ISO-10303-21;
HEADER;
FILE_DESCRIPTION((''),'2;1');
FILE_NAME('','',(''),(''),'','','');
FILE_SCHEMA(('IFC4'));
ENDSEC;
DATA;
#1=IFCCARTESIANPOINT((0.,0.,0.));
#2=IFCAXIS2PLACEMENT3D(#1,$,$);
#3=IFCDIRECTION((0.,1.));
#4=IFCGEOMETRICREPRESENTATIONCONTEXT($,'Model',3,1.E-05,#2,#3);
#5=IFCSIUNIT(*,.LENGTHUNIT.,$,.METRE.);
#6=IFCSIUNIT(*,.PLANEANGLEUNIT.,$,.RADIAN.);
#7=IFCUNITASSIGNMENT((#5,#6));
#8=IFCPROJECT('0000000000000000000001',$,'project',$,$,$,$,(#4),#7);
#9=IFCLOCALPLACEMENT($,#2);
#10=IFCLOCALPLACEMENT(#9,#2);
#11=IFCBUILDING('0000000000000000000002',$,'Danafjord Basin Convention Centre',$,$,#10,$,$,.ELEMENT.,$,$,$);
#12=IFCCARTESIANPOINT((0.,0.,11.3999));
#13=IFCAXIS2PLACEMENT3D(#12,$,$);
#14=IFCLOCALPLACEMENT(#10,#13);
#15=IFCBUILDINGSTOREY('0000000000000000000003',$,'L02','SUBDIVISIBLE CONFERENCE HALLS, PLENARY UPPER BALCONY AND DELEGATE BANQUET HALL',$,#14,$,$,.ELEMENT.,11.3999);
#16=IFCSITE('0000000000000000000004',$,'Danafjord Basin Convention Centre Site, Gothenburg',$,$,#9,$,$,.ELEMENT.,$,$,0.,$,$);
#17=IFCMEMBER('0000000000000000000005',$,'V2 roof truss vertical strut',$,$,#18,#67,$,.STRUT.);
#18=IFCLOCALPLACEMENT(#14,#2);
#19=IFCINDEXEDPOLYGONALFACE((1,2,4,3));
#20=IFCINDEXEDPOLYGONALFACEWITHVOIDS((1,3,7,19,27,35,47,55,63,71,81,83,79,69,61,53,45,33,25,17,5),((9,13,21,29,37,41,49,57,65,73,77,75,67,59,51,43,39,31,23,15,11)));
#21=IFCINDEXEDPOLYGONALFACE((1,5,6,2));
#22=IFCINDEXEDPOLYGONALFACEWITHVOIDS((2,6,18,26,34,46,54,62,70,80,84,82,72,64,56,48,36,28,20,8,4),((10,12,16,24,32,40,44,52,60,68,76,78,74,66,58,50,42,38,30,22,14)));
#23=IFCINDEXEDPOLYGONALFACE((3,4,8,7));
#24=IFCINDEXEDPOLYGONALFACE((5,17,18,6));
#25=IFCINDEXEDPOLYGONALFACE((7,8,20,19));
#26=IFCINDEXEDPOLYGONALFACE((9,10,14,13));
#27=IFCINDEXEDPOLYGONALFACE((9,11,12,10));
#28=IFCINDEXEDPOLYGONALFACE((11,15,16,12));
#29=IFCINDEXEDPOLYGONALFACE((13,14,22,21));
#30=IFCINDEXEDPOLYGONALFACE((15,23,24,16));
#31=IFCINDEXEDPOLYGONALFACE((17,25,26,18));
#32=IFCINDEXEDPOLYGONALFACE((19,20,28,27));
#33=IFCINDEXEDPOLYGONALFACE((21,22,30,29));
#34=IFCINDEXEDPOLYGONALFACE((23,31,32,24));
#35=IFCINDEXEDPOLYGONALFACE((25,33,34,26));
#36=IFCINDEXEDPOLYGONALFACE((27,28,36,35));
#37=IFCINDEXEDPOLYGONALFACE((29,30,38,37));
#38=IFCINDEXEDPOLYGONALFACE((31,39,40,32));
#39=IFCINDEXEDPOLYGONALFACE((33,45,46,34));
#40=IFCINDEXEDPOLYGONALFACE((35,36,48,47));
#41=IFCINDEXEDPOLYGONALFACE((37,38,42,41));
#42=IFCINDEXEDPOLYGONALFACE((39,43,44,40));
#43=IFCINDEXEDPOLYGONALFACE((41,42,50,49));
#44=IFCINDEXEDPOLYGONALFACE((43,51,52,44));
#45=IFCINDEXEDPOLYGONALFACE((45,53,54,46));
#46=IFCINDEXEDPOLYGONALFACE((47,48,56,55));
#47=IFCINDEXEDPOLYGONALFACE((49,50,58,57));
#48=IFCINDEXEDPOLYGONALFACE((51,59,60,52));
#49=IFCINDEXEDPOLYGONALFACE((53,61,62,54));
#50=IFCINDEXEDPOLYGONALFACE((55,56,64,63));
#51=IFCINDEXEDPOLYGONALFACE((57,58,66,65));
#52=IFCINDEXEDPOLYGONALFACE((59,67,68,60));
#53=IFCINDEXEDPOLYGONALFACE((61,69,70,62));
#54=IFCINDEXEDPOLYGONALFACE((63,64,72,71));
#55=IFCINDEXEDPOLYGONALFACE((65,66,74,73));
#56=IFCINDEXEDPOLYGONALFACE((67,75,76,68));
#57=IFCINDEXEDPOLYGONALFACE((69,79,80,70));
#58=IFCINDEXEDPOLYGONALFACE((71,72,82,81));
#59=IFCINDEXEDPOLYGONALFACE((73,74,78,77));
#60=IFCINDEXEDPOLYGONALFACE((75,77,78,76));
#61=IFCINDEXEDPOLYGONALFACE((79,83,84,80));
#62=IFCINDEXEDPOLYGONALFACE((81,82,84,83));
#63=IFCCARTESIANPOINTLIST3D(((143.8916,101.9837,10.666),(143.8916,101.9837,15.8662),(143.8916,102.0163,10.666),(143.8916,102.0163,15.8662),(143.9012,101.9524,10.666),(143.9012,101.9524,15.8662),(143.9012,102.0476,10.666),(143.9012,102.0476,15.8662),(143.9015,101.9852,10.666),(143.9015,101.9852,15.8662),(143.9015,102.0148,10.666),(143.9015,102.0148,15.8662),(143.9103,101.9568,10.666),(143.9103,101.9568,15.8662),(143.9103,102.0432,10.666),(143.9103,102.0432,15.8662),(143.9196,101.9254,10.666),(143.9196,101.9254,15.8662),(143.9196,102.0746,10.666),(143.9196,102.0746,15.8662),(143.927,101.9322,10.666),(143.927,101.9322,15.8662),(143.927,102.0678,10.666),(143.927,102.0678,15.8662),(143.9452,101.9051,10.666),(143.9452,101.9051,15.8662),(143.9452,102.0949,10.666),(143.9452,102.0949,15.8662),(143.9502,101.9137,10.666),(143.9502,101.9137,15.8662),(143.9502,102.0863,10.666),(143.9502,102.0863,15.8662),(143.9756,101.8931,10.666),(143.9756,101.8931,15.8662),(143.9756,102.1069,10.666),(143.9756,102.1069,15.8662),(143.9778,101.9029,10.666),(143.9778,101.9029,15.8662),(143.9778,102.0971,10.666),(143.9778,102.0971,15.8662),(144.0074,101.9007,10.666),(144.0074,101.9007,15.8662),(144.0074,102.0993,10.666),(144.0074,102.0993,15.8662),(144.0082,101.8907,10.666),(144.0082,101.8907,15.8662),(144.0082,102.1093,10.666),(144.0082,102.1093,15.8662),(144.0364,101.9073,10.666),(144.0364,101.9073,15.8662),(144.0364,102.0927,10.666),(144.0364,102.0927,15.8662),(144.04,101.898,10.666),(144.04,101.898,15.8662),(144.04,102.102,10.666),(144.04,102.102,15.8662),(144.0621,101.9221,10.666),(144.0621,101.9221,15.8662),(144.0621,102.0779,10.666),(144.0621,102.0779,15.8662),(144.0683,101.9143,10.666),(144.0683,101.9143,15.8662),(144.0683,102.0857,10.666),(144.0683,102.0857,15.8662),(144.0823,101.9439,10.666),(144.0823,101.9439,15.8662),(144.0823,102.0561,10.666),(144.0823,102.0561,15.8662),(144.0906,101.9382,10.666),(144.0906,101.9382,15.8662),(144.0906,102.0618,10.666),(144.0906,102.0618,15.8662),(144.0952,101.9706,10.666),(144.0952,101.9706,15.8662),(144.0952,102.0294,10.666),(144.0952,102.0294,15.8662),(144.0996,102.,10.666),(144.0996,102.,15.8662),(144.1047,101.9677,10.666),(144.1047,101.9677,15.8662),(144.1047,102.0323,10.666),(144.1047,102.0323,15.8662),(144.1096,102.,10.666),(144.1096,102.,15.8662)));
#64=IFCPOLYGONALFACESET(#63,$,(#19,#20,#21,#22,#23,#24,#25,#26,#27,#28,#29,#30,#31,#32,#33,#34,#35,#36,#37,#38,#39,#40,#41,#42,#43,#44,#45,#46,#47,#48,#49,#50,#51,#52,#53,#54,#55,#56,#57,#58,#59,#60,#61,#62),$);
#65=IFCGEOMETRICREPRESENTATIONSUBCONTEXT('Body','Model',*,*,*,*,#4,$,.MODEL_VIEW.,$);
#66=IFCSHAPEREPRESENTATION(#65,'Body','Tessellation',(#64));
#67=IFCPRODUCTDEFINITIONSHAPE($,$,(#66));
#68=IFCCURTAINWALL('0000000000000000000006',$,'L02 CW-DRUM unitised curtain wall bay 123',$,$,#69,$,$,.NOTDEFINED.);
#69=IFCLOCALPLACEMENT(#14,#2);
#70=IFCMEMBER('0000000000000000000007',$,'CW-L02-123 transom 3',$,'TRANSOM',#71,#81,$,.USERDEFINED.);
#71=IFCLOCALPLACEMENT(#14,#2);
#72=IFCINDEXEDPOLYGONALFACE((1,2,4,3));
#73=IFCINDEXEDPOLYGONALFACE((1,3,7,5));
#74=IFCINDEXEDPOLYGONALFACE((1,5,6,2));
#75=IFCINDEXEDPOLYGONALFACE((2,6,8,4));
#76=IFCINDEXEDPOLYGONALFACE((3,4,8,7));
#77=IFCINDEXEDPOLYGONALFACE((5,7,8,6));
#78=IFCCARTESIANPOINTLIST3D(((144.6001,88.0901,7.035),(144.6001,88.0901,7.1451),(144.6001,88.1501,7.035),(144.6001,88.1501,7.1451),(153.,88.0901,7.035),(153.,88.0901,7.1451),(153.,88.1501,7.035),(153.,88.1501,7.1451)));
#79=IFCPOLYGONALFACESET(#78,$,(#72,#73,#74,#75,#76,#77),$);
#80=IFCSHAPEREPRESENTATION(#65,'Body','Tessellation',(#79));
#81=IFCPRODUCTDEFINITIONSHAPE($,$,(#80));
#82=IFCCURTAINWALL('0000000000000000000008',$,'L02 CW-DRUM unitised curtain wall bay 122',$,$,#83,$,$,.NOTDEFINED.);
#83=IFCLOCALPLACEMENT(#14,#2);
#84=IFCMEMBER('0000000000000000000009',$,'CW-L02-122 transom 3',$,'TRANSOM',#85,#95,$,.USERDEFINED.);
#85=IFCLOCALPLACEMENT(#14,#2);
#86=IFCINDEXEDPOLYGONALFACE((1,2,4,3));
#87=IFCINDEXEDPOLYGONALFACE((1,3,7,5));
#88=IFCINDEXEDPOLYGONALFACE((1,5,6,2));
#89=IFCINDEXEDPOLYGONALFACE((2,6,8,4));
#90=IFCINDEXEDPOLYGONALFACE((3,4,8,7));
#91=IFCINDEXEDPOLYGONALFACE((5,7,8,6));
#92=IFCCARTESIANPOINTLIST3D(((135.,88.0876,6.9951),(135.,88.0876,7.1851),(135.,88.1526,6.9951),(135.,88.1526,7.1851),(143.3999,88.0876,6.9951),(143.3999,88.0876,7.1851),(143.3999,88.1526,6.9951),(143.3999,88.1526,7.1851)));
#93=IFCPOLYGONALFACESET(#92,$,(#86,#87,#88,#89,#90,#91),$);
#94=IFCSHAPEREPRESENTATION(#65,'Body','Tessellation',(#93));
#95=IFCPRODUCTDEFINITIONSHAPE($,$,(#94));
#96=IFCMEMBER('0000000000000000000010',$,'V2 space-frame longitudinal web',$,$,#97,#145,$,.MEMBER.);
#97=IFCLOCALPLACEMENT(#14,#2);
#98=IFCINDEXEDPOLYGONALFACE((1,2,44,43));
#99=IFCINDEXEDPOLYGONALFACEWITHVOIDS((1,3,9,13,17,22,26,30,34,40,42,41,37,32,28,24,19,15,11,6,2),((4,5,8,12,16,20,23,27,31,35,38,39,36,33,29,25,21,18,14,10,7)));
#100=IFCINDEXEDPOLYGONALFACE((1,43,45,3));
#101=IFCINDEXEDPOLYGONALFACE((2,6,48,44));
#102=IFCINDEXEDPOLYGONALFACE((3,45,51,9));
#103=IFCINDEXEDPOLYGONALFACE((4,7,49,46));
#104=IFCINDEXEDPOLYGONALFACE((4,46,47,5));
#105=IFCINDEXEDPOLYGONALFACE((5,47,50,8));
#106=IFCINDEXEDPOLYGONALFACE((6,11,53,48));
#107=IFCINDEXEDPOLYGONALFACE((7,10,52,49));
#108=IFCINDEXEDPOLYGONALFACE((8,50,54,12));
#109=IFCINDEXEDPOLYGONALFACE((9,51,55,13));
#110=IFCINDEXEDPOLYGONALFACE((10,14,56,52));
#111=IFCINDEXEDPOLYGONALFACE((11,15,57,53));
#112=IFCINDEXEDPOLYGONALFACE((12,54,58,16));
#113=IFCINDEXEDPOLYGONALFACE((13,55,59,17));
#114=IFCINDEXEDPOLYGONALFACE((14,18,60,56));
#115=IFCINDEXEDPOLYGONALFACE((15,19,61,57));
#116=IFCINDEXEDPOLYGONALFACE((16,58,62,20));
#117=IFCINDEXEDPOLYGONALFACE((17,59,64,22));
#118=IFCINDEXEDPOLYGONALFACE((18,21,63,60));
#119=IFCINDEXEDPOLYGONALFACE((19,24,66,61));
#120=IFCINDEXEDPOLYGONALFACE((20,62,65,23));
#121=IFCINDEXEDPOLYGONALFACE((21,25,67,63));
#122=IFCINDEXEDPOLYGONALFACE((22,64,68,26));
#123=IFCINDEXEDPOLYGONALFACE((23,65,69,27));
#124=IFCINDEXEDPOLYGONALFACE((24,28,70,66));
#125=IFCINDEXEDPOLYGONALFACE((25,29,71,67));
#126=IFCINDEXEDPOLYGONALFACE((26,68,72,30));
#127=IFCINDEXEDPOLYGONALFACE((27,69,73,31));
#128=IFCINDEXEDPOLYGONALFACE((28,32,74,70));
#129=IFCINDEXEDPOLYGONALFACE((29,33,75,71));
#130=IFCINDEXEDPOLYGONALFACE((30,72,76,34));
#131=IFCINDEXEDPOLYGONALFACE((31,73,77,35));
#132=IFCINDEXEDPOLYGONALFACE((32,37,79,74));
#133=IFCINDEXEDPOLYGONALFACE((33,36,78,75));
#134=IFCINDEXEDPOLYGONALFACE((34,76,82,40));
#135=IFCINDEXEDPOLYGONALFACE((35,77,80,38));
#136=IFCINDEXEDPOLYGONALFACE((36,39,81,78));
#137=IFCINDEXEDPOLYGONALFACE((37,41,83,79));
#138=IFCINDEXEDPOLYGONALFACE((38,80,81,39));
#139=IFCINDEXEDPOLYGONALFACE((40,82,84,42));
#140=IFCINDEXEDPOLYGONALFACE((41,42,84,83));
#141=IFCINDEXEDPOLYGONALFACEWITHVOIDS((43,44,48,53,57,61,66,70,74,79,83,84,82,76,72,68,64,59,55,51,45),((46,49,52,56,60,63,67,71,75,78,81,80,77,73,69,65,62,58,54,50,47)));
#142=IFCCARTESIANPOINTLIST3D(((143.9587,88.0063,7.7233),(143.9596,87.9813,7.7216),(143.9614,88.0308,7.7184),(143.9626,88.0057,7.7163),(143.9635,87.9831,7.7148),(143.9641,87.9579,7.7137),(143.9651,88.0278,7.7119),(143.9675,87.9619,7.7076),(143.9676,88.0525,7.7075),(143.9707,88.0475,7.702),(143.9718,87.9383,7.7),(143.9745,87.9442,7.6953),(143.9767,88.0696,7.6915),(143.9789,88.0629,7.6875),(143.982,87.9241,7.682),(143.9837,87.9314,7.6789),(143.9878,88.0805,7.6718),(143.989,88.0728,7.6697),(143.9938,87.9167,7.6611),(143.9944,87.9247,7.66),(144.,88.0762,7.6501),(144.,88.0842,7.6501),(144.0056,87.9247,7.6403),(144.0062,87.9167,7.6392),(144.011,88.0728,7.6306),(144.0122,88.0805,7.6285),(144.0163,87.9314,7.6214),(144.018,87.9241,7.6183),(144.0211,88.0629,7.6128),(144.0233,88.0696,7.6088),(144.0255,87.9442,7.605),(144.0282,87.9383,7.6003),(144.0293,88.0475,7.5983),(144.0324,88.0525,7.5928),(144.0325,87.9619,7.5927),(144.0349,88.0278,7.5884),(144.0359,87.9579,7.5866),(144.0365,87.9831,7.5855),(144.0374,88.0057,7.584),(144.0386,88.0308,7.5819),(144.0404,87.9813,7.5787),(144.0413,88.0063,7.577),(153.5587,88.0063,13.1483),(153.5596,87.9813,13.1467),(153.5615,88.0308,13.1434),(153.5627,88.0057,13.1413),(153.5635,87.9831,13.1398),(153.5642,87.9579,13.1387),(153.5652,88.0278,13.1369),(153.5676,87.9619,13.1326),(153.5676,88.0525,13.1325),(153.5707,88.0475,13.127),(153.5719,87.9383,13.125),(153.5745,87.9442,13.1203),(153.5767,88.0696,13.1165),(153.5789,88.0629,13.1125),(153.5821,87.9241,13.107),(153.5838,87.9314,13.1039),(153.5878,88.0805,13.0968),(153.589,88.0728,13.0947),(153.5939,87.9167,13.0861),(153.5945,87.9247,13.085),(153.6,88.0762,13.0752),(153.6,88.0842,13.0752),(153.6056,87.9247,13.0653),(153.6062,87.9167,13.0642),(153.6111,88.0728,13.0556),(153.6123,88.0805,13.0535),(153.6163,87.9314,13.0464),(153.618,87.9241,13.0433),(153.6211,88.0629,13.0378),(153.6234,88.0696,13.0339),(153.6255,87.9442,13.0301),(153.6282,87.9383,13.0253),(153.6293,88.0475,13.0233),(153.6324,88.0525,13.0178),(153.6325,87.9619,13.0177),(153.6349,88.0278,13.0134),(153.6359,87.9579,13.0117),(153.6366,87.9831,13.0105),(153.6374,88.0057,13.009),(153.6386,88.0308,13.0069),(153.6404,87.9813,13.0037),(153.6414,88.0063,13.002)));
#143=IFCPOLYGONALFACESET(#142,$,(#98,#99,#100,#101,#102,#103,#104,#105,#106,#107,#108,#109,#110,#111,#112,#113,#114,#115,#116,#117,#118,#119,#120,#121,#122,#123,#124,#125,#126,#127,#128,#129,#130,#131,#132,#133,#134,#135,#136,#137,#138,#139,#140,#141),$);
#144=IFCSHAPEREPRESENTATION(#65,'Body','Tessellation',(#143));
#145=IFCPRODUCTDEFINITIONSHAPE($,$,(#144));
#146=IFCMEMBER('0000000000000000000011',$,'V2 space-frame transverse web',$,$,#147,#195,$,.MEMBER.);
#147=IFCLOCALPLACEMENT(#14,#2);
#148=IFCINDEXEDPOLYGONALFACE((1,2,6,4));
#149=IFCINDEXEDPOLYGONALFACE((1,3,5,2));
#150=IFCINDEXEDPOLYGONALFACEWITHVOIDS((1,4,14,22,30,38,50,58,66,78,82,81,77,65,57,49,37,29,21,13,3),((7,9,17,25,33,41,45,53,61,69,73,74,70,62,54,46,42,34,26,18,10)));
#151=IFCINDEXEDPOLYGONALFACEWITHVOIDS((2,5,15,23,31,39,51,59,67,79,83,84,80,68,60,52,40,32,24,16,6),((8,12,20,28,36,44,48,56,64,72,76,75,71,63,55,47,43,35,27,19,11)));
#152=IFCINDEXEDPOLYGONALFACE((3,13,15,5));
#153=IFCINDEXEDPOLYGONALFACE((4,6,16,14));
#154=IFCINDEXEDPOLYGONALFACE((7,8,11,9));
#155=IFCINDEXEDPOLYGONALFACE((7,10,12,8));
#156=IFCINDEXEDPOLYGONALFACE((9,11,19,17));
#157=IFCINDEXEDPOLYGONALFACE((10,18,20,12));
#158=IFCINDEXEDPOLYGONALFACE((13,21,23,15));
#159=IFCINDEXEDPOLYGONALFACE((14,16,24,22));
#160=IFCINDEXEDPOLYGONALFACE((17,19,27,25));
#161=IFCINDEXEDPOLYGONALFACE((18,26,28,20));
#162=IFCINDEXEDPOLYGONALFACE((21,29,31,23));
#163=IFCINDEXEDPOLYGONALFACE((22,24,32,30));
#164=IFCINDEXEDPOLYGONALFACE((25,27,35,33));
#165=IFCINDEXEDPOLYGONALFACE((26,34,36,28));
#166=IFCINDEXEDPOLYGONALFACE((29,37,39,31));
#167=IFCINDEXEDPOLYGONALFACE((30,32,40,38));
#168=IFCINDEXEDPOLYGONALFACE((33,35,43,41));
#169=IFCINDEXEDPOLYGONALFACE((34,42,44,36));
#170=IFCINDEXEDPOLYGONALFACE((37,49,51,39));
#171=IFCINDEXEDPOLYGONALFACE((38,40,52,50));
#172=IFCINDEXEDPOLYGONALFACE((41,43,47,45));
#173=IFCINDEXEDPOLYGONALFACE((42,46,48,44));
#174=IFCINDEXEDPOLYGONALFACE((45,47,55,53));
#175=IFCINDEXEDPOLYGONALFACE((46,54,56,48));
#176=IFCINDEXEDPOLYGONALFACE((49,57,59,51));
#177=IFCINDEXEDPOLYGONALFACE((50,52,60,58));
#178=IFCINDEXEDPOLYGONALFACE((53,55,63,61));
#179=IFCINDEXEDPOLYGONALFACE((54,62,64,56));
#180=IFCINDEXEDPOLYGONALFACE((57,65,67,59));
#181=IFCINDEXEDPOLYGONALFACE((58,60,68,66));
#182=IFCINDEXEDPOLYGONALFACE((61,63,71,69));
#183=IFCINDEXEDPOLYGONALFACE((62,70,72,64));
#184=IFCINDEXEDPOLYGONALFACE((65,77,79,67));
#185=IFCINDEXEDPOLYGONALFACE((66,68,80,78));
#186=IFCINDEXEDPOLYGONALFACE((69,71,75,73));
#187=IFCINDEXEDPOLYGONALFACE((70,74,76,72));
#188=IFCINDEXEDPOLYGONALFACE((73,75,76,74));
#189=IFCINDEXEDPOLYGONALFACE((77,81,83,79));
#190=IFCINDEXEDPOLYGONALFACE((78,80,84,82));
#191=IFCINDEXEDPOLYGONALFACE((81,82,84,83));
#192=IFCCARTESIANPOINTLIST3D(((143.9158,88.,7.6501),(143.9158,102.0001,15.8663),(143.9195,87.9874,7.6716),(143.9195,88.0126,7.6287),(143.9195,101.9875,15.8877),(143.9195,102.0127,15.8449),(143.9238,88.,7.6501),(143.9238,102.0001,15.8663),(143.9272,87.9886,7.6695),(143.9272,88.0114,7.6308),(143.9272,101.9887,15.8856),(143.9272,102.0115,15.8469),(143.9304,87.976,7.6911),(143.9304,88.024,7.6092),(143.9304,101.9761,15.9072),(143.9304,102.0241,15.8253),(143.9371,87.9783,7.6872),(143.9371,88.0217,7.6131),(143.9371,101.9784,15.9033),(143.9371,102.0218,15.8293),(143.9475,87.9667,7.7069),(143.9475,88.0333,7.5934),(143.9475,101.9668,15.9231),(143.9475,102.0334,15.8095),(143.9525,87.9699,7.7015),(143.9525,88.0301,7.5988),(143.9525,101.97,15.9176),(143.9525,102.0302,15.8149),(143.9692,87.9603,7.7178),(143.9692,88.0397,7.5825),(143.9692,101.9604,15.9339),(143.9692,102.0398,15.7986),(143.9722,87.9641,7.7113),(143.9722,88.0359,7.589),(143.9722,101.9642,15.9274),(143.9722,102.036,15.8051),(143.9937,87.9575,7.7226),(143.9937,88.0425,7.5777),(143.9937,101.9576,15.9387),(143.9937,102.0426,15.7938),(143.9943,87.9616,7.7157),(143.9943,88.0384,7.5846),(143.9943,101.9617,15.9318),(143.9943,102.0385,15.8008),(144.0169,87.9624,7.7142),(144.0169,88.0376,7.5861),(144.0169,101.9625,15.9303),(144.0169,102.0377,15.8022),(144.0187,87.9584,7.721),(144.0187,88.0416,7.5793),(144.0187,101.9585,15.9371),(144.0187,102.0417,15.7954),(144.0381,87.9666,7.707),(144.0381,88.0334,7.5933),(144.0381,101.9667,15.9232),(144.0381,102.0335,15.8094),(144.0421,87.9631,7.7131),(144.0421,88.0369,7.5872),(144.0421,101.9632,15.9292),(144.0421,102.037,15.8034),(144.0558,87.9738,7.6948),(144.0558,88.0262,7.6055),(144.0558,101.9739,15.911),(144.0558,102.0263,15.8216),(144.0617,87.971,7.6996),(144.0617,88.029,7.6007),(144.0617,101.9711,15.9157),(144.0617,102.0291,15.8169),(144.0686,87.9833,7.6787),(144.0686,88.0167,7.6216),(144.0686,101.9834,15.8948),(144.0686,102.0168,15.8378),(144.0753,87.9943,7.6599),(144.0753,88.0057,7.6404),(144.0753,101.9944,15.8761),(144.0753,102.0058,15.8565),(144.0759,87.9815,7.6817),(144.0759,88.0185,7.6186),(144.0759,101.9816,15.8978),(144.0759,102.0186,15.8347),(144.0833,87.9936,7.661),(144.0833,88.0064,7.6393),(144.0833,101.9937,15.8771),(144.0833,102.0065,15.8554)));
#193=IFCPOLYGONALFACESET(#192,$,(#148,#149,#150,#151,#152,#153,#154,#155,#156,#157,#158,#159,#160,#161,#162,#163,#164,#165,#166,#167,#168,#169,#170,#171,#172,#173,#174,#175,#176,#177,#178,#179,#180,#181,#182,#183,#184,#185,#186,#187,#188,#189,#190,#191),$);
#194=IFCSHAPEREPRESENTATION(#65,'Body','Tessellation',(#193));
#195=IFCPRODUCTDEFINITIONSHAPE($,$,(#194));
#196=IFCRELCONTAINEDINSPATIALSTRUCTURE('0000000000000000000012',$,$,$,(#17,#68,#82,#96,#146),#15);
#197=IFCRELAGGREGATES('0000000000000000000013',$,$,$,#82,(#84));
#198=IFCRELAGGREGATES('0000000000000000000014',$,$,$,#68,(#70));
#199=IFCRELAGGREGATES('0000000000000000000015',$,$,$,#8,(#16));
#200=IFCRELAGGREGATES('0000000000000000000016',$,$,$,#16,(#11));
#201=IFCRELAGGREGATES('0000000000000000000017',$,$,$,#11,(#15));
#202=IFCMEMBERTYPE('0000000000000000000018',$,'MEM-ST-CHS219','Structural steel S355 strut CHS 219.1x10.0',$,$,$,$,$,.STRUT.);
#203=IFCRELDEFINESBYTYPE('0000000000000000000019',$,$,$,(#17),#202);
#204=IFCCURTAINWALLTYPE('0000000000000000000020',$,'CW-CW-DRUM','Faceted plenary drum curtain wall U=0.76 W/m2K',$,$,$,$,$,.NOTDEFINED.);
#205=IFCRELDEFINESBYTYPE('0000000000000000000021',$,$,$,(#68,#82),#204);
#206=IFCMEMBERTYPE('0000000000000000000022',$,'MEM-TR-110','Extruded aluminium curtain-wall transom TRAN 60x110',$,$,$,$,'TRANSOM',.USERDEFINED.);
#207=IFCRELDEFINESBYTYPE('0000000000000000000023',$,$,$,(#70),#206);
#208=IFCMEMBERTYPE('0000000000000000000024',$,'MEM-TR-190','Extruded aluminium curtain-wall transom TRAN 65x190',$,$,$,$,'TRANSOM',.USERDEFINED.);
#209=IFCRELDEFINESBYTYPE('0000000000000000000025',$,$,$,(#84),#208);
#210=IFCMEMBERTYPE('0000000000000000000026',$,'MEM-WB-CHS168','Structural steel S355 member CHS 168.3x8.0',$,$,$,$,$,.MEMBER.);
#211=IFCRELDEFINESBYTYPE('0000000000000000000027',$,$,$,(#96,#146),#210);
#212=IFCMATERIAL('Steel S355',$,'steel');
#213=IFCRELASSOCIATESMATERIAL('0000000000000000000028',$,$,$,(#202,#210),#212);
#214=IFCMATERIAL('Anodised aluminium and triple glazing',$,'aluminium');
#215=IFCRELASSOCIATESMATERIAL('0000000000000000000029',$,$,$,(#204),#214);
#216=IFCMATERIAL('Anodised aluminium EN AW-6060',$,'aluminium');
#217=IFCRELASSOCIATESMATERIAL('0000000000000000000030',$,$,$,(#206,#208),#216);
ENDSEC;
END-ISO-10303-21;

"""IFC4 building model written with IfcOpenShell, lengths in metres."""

from ifc_helpers import new_model, si_unit, direction, frame, origin, origin_2d, place, context, subcontext, project, spatial, rectangle, hollow_circle, extrude, material, material_profile, profile_set, type_object, element, aggregate, save


model = new_model("IFC4")

# Units and contexts
model_context = context("Model", 3, precision=1e-05, world=origin(), true_north=direction((0.0, 1.0)))
body_context = subcontext(model_context, "Body", "Model", "MODEL_VIEW")
ifc_project = project(units=[si_unit("LENGTHUNIT", "METRE"), si_unit("PLANEANGLEUNIT", "RADIAN")], contexts=[model_context])

# Site, building, storey
site_placement = place(None, origin())
site = spatial("IfcSite", under=ifc_project, at=site_placement, Name="Danafjord Basin Convention Centre Site, Gothenburg", CompositionType="ELEMENT", RefElevation=0.0)
building_placement = place(site_placement, origin())
building = spatial("IfcBuilding", under=site, at=building_placement, Name="Danafjord Basin Convention Centre", CompositionType="ELEMENT")
storey_placement = place(building_placement, frame((0.0, 0.0, 11.3999)))
storey = spatial("IfcBuildingStorey", under=building, at=storey_placement, Name="L02", Description="SUBDIVISIBLE CONFERENCE HALLS, PLENARY UPPER BALCONY AND DELEGATE BANQUET HALL", CompositionType="ELEMENT", Elevation=11.3999)

# Shared definitions
ifc_material_1 = material(Name="Steel S355", Category="steel")

# Member
ifc_material_profile_1 = material_profile(ifc_material_1, hollow_circle(Radius=0.1096, WallThickness=0.01, at=origin_2d()), Name="CHS 219.1x10.0")
ifc_profile_set_1 = profile_set([ifc_material_profile_1], Name="Steel S355")
member_type_1 = type_object("IfcMemberType", Name="MEM-ST-CHS219", Description="Structural steel S355 strut CHS 219.1x10.0", PredefinedType="STRUT", material=ifc_profile_set_1)
member_1_placement = place(storey_placement, frame((144.0, 102.0, 10.666), z_axis=(0.0, 0.0, 1.0), x_axis=(1.0, 0.0, 0.0)))
element("IfcMember", 1, at=member_1_placement, inside=storey, type_object=member_type_1, Name="V2 roof truss vertical strut", PredefinedType="STRUT", context=body_context, shape_type="SweptSolid", body=[
    extrude(hollow_circle(Radius=0.1096, WallThickness=0.01, at=origin_2d()), origin(), (0.0, 0.0, 1.0), 5.2002),
])

# Curtain walls, members
ifc_material_2 = material(Name="Anodised aluminium and triple glazing", Category="aluminium")
curtain_wall_type = type_object("IfcCurtainWallType", Name="CW-CW-DRUM", Description="Faceted plenary drum curtain wall U=0.76 W/m2K", PredefinedType="NOTDEFINED", material=ifc_material_2)
curtain_wall_1_placement = place(storey_placement, origin())
curtain_wall_1 = element("IfcCurtainWall", 2, at=curtain_wall_1_placement, inside=storey, type_object=curtain_wall_type, Name="L02 CW-DRUM unitised curtain wall bay 123", PredefinedType="NOTDEFINED")
ifc_material_3 = material(Name="Anodised aluminium EN AW-6060", Category="aluminium")
ifc_material_profile_2 = material_profile(ifc_material_3, rectangle(XDim=0.0601, YDim=0.1101, at=origin_2d()), Name="TRAN 60x110")
ifc_profile_set_2 = profile_set([ifc_material_profile_2], Name="Anodised aluminium EN AW-6060")
member_type_2 = type_object("IfcMemberType", Name="MEM-TR-110", Description="Extruded aluminium curtain-wall transom TRAN 60x110", ElementType="TRANSOM", PredefinedType="USERDEFINED", material=ifc_profile_set_2)
member_2_placement = place(storey_placement, frame((144.6001, 88.1201, 7.0901), z_axis=(1.0, 0.0, 0.0), x_axis=(0.0, 1.0, 0.0)))
member_2 = element("IfcMember", 3, at=member_2_placement, type_object=member_type_2, Name="CW-L02-123 transom 3", ObjectType="TRANSOM", PredefinedType="USERDEFINED", context=body_context, shape_type="SweptSolid", body=[
    extrude(rectangle(XDim=0.0601, YDim=0.1101, at=origin_2d()), origin(), (0.0, 0.0, 1.0), 8.3999),
])
curtain_wall_2_placement = place(storey_placement, origin())
curtain_wall_2 = element("IfcCurtainWall", 4, at=curtain_wall_2_placement, inside=storey, type_object=curtain_wall_type, Name="L02 CW-DRUM unitised curtain wall bay 122", PredefinedType="NOTDEFINED")
ifc_material_profile_3 = material_profile(ifc_material_3, rectangle(XDim=0.0649, YDim=0.1899, at=origin_2d()), Name="TRAN 65x190")
ifc_profile_set_3 = profile_set([ifc_material_profile_3], Name="Anodised aluminium EN AW-6060")
member_type_3 = type_object("IfcMemberType", Name="MEM-TR-190", Description="Extruded aluminium curtain-wall transom TRAN 65x190", ElementType="TRANSOM", PredefinedType="USERDEFINED", material=ifc_profile_set_3)
member_3_placement = place(storey_placement, frame((135.0, 88.1201, 7.0901), z_axis=(1.0, 0.0, 0.0), x_axis=(0.0, 1.0, 0.0)))
member_3 = element("IfcMember", 5, at=member_3_placement, type_object=member_type_3, Name="CW-L02-122 transom 3", ObjectType="TRANSOM", PredefinedType="USERDEFINED", context=body_context, shape_type="SweptSolid", body=[
    extrude(rectangle(XDim=0.0649, YDim=0.1899, at=origin_2d()), origin(), (0.0, 0.0, 1.0), 8.3999),
])

# Members
ifc_material_profile_4 = material_profile(ifc_material_1, hollow_circle(Radius=0.0842, WallThickness=0.0081, at=origin_2d()), Name="CHS 168.3x8.0")
ifc_profile_set_4 = profile_set([ifc_material_profile_4], Name="Steel S355")
member_type_4 = type_object("IfcMemberType", Name="MEM-WB-CHS168", Description="Structural steel S355 member CHS 168.3x8.0", PredefinedType="MEMBER", material=ifc_profile_set_4)
member_4_placement = place(storey_placement, frame((144.0, 88.0, 7.6501), z_axis=(0.870605, 0.0, 0.491982), x_axis=(0.0, 1.0, 0.0)))
element("IfcMember", 6, at=member_4_placement, inside=storey, type_object=member_type_4, Name="V2 space-frame longitudinal web", PredefinedType="MEMBER", context=body_context, shape_type="SweptSolid", body=[
    extrude(hollow_circle(Radius=0.0842, WallThickness=0.0081, at=origin_2d()), origin(), (0.0, 0.0, 1.0), 11.0269),
])
member_5_placement = place(storey_placement, frame((144.0, 88.0, 7.6501), z_axis=(0.0, 0.862451, 0.50614), x_axis=(-1.0, 0.0, 0.0)))
element("IfcMember", 7, at=member_5_placement, inside=storey, type_object=member_type_4, Name="V2 space-frame transverse web", PredefinedType="MEMBER", context=body_context, shape_type="SweptSolid", body=[
    extrude(hollow_circle(Radius=0.0842, WallThickness=0.0081, at=origin_2d()), origin(), (0.0, 0.0, 1.0), 16.2329),
])

aggregate(curtain_wall_2, [member_3])
aggregate(curtain_wall_1, [member_2])

save(model, "model.ifc")
